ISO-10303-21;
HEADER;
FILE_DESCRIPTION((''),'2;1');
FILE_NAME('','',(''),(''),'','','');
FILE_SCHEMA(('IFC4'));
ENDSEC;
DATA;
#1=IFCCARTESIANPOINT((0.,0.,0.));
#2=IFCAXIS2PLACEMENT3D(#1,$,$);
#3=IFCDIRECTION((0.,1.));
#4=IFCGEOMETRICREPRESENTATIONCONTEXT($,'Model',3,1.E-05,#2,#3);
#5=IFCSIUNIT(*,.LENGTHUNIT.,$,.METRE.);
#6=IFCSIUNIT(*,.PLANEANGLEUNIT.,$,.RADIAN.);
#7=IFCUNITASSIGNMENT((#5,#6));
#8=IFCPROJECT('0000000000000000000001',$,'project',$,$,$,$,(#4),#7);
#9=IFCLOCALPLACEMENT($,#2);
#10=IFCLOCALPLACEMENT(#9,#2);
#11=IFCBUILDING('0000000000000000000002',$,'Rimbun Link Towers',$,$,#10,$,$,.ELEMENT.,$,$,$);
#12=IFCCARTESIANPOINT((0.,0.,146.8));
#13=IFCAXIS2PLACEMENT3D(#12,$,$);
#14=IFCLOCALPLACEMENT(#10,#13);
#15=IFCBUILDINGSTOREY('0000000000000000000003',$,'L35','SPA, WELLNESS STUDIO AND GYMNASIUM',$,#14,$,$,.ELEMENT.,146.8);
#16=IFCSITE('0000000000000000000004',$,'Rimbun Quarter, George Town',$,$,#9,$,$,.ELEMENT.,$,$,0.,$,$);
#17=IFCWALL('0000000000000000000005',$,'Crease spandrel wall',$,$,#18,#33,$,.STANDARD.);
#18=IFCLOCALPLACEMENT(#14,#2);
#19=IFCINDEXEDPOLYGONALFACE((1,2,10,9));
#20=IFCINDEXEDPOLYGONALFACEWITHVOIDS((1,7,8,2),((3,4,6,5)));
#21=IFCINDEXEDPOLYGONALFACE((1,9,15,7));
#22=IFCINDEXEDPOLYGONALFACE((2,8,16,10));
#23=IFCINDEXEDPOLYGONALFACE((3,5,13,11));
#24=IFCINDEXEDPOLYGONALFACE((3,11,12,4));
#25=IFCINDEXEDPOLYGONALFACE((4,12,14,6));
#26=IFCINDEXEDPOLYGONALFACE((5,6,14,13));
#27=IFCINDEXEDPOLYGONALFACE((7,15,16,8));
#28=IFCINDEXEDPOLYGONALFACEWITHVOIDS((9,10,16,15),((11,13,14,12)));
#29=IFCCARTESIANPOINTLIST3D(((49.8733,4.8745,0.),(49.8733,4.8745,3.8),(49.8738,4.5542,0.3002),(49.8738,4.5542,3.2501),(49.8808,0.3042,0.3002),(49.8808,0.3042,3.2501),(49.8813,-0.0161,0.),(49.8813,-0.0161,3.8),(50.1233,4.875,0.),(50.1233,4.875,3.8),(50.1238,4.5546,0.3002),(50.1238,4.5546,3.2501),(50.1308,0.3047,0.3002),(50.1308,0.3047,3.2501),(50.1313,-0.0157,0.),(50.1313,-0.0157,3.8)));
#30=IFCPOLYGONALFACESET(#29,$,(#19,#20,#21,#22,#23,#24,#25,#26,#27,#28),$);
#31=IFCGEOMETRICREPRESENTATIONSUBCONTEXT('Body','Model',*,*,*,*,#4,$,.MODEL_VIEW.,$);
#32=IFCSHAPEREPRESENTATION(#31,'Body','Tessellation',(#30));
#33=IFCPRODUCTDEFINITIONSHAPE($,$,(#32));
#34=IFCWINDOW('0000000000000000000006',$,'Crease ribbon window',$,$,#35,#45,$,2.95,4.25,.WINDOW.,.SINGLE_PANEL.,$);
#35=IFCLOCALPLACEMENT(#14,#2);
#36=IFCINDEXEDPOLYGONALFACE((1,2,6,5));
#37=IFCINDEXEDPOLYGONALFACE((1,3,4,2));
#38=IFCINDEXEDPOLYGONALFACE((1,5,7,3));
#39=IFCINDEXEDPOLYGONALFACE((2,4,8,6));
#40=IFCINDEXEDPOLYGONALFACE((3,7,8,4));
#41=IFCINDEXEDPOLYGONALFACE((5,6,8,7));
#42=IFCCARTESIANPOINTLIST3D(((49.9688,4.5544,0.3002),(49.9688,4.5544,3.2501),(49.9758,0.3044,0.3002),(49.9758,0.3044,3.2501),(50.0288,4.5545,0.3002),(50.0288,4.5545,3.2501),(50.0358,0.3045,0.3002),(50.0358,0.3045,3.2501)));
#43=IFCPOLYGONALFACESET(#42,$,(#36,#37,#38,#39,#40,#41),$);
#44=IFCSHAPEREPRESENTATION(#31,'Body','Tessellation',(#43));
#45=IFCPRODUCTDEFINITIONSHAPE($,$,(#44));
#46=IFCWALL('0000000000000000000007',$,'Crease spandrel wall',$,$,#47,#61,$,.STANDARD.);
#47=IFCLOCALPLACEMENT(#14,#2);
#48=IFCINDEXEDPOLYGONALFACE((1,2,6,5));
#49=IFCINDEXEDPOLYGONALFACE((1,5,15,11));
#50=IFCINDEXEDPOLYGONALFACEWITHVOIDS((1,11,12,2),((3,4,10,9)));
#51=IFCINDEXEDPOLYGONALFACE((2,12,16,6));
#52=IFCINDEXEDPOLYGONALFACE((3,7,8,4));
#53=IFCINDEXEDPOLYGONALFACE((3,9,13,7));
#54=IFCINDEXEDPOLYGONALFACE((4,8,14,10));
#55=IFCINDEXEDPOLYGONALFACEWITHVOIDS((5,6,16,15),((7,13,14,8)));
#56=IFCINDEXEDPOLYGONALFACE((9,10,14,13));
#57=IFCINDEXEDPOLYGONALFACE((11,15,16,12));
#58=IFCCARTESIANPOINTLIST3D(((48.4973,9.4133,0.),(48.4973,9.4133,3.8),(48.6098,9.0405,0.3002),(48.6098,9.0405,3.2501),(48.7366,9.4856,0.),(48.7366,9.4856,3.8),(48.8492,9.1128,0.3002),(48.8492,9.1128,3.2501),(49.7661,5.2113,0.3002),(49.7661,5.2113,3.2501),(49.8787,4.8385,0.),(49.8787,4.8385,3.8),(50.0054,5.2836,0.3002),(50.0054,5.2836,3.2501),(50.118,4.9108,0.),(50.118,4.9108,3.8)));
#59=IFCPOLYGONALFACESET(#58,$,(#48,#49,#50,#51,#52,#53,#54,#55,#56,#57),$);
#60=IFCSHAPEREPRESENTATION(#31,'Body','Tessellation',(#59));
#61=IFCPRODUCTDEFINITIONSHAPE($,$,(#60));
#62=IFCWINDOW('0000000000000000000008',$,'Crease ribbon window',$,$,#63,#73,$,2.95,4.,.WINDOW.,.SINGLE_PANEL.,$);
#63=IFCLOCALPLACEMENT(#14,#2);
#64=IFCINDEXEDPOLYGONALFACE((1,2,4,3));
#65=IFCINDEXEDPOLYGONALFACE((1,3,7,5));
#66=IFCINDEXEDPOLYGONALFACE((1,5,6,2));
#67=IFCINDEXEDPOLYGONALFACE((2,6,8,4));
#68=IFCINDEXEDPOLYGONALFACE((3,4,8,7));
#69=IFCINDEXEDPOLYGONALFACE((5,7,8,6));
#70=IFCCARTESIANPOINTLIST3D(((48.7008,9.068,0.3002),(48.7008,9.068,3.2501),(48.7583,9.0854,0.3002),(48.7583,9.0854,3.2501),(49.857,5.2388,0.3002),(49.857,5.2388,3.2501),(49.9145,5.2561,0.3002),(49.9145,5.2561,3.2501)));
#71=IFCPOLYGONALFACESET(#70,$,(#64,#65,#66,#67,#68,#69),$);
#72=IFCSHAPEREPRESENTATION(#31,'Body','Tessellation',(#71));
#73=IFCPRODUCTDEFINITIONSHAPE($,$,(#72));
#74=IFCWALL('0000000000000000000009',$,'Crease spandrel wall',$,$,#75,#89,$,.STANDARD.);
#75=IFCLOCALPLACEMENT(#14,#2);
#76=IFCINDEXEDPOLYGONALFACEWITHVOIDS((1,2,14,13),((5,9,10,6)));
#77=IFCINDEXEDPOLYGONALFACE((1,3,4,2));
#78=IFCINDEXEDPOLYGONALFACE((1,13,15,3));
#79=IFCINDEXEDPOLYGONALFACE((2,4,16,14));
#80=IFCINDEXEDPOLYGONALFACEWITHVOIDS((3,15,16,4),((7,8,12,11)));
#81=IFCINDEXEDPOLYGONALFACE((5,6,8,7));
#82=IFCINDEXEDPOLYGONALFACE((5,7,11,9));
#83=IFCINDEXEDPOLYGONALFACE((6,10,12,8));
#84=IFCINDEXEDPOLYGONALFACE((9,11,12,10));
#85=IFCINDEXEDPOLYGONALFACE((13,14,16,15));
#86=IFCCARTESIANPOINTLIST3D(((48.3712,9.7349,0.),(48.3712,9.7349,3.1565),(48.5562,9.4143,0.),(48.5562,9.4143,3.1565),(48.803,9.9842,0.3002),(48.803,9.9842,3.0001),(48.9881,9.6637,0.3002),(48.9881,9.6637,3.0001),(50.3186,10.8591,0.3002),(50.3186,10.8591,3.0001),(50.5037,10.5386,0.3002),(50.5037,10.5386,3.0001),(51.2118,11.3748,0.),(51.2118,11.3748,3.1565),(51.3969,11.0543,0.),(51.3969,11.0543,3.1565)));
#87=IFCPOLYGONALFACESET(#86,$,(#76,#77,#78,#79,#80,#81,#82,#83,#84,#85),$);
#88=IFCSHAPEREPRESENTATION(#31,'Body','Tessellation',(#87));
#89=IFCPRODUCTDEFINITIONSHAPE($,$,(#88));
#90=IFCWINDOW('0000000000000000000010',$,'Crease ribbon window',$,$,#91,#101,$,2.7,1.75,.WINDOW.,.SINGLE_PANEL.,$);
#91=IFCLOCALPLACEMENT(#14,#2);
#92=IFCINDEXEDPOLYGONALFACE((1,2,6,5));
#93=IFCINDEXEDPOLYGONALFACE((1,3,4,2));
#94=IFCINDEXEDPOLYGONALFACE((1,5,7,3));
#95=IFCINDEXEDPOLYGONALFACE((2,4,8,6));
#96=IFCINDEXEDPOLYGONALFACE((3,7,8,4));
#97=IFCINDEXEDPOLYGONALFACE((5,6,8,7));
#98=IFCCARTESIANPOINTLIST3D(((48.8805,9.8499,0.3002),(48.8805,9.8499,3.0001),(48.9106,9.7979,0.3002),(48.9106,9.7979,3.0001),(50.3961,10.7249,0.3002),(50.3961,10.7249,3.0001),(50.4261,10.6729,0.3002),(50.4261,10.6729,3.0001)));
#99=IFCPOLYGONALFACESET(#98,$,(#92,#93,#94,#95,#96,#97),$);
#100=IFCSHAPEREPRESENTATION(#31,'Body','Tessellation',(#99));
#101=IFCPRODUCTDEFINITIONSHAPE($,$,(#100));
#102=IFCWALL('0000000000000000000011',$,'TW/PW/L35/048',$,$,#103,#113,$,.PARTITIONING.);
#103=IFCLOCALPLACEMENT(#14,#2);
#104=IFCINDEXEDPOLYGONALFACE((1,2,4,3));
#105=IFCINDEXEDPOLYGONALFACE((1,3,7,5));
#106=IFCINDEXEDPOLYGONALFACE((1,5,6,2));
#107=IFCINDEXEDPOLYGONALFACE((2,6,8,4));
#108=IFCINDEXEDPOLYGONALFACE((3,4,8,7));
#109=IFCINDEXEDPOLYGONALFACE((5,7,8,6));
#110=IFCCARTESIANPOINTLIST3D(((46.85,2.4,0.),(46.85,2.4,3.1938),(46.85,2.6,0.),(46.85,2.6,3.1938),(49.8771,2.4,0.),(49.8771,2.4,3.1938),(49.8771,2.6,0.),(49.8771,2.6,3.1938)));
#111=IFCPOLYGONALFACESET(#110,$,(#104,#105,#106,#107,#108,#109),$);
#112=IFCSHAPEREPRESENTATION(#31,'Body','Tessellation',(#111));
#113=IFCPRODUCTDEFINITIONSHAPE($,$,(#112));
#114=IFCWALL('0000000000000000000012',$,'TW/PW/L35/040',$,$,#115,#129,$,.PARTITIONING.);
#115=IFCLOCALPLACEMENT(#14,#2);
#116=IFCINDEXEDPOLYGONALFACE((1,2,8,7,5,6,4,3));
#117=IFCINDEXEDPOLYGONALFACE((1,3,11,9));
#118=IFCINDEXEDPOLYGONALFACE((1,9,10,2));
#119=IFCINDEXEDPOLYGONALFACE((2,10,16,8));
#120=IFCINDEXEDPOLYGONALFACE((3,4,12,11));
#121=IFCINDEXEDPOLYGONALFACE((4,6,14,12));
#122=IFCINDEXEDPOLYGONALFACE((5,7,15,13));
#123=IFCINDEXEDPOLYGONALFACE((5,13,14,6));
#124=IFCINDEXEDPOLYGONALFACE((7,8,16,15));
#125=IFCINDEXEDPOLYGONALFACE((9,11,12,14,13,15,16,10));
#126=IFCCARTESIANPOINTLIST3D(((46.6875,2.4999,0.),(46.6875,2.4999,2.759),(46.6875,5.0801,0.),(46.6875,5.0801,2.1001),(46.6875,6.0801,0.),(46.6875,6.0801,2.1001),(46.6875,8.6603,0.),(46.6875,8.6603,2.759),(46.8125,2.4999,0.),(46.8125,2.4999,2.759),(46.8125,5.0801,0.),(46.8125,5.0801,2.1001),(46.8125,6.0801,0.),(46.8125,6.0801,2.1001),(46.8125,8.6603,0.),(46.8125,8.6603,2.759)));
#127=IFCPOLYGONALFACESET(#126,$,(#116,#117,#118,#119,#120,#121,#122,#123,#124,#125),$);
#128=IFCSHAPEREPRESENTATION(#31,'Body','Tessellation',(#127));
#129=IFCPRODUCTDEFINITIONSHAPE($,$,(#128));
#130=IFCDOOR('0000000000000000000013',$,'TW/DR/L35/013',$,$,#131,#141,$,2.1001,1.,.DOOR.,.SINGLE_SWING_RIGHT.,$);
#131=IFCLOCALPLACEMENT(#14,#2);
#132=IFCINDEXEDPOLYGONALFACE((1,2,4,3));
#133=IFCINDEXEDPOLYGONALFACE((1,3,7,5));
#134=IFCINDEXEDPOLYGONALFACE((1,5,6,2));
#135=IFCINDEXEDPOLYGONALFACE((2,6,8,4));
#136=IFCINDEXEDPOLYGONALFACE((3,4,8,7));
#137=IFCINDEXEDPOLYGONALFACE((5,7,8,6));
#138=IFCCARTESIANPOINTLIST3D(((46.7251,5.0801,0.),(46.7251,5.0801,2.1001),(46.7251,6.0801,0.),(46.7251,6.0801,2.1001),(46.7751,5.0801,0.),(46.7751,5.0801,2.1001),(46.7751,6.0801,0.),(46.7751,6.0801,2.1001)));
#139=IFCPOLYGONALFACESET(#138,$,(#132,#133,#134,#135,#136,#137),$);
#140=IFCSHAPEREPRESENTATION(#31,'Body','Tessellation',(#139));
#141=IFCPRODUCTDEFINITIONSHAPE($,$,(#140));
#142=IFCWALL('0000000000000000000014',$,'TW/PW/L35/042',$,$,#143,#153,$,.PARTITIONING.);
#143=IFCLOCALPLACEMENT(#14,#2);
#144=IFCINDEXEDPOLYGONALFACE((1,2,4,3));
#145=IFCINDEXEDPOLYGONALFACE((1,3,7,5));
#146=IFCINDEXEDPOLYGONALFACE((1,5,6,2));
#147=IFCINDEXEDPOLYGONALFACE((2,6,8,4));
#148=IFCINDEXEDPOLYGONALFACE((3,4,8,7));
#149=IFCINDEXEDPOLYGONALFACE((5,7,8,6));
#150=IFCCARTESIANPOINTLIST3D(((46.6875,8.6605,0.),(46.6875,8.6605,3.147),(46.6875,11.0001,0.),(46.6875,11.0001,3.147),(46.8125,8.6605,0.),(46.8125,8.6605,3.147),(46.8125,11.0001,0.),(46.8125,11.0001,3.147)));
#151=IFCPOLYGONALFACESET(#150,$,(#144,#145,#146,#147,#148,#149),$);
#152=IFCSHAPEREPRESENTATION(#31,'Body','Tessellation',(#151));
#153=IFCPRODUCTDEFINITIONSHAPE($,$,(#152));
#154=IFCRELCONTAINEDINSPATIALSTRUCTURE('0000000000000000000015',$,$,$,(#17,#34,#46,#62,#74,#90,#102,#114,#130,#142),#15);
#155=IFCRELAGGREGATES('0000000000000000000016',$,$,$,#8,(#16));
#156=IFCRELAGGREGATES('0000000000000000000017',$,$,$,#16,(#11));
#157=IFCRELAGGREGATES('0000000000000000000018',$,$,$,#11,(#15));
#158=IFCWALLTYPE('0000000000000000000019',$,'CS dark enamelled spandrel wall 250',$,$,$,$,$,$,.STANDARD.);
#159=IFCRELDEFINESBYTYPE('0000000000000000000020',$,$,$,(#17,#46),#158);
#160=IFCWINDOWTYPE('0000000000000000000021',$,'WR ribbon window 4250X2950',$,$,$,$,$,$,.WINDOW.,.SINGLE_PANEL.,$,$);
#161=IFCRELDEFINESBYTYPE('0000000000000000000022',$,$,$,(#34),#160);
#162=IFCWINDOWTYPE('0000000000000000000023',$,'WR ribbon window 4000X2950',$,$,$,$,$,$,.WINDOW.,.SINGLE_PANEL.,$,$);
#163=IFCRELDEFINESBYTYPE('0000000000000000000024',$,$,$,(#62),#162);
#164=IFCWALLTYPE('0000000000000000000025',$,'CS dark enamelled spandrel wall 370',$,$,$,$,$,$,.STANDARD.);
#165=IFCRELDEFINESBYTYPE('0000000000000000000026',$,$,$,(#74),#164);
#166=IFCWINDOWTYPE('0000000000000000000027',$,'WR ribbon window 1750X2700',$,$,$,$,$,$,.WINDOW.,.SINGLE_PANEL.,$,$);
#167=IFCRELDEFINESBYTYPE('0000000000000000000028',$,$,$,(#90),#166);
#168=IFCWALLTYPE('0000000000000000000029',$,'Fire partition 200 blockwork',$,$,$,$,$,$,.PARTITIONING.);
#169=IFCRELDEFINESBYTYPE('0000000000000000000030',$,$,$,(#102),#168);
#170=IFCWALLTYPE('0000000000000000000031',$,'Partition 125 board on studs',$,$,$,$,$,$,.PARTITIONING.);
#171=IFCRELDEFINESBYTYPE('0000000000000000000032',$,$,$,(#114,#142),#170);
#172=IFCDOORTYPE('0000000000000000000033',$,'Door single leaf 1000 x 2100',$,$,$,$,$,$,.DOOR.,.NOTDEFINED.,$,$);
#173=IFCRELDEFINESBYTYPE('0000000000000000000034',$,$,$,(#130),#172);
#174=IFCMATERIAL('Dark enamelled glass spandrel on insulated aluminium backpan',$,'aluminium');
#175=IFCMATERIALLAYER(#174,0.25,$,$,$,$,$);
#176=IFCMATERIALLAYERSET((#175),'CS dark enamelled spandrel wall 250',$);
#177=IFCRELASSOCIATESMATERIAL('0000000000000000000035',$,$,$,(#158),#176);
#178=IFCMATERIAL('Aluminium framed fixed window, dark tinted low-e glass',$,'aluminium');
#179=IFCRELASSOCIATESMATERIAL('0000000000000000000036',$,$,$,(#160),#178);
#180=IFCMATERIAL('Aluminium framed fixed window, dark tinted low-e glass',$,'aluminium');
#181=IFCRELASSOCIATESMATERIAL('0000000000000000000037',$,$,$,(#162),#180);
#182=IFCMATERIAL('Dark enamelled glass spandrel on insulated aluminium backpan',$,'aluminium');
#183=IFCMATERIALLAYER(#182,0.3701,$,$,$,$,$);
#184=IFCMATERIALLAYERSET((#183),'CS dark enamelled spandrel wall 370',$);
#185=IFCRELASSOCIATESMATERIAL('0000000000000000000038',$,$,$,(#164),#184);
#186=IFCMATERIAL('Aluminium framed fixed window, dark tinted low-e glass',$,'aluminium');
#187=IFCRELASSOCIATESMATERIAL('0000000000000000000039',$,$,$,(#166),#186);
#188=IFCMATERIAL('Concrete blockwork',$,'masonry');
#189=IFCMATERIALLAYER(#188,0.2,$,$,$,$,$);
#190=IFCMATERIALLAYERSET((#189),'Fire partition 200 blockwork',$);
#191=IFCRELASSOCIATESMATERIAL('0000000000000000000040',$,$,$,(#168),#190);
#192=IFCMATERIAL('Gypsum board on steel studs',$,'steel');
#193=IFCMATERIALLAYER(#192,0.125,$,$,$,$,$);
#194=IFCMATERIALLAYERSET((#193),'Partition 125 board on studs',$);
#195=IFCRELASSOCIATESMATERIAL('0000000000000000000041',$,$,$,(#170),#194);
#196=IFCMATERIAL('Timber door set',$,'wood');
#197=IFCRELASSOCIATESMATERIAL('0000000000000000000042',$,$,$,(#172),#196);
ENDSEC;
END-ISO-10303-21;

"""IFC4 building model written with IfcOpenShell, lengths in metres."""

from ifc_helpers import new_model, si_unit, direction, frame, frame_2d, origin, place, context, subcontext, project, spatial, rectangle, extrude, material, layer, layer_set, type_object, element, fill, save


model = new_model("IFC4")

# Units and contexts
model_context = context("Model", 3, precision=1e-05, world=origin(), true_north=direction((0.0, 1.0)))
body_context = subcontext(model_context, "Body", "Model", "MODEL_VIEW")
ifc_project = project(units=[si_unit("LENGTHUNIT", "METRE"), si_unit("PLANEANGLEUNIT", "RADIAN")], contexts=[model_context])

# Site, building, storey
site_placement = place(None, origin())
site = spatial("IfcSite", under=ifc_project, at=site_placement, Name="Rimbun Quarter, George Town", CompositionType="ELEMENT", RefElevation=0.0)
building_placement = place(site_placement, origin())
building = spatial("IfcBuilding", under=site, at=building_placement, Name="Rimbun Link Towers", CompositionType="ELEMENT")
storey_placement = place(building_placement, frame((0.0, 0.0, 146.8)))
storey = spatial("IfcBuildingStorey", under=building, at=storey_placement, Name="L35", Description="SPA, WELLNESS STUDIO AND GYMNASIUM", CompositionType="ELEMENT", Elevation=146.8)

# Walls, openings, windows
ifc_material_1 = material(Name="Dark enamelled glass spandrel on insulated aluminium backpan", Category="aluminium")
ifc_layer_1 = layer(ifc_material_1, 0.25)
ifc_layer_set_1 = layer_set([ifc_layer_1], Name="CS dark enamelled spandrel wall 250")
wall_type_1 = type_object("IfcWallType", Name="CS dark enamelled spandrel wall 250", PredefinedType="STANDARD", material=ifc_layer_set_1)
wall_1_placement = place(storey_placement, frame((49.9983, 4.8748, 0.0), z_axis=(0.0, 0.0, 1.0), x_axis=(0.001647, -0.999999, 0.0)))
wall_1 = element("IfcWall", 1, at=wall_1_placement, inside=storey, type_object=wall_type_1, Name="Crease spandrel wall", PredefinedType="STANDARD", context=body_context, shape_type="SweptSolid", body=[
    extrude(rectangle(XDim=4.8906, YDim=0.25, at=frame_2d((2.4453, 0.0))), origin(), (0.0, 0.0, 1.0), 3.8),
])
opening_1_placement = place(wall_1_placement, frame((0.3203, 0.0, 0.3)))
opening_1 = element("IfcOpeningElement", 2, at=opening_1_placement, cuts=wall_1, PredefinedType="OPENING", context=body_context, shape_type="SweptSolid", body=[
    extrude(rectangle(XDim=4.25, YDim=2.95, at=frame_2d((2.125, 1.4751))), frame((0.0, 0.135, 0.0), z_axis=(0.0, -1.0, 0.0), x_axis=(1.0, 0.0, 0.0)), (0.0, 0.0, 1.0), 0.27),
])
ifc_material_2 = material(Name="Aluminium framed fixed window, dark tinted low-e glass", Category="aluminium")
window_type_1 = type_object("IfcWindowType", Name="WR ribbon window 4250X2950", PartitioningType="SINGLE_PANEL", PredefinedType="WINDOW", material=ifc_material_2)
window_1_placement = place(opening_1_placement, origin())
window_1 = element("IfcWindow", 3, at=window_1_placement, inside=storey, type_object=window_type_1, Name="Crease ribbon window", OverallHeight=2.95, OverallWidth=4.25, PartitioningType="SINGLE_PANEL", PredefinedType="WINDOW", context=body_context, shape_type="SweptSolid", body=[
    extrude(rectangle(XDim=4.25, YDim=2.95, at=frame_2d((2.125, 1.4751))), frame((0.0, 0.03, 0.0), z_axis=(0.0, -1.0, 0.0), x_axis=(1.0, 0.0, 0.0)), (0.0, 0.0, 1.0), 0.0601),
])
fill(opening_1, window_1)
wall_2_placement = place(storey_placement, frame((48.6169, 9.4495, 0.0), z_axis=(0.0, 0.0, 1.0), x_axis=(0.289063, -0.95731, 0.0)))
wall_2 = element("IfcWall", 4, at=wall_2_placement, inside=storey, type_object=wall_type_1, Name="Crease spandrel wall", PredefinedType="STANDARD", context=body_context, shape_type="SweptSolid", body=[
    extrude(rectangle(XDim=4.7788, YDim=0.25, at=frame_2d((2.3894, 0.0))), origin(), (0.0, 0.0, 1.0), 3.8),
])
opening_2_placement = place(wall_2_placement, frame((0.3894, 0.0, 0.3)))
opening_2 = element("IfcOpeningElement", 5, at=opening_2_placement, cuts=wall_2, PredefinedType="OPENING", context=body_context, shape_type="SweptSolid", body=[
    extrude(rectangle(XDim=4.0, YDim=2.95, at=frame_2d((2.0, 1.4751))), frame((0.0, 0.135, 0.0), z_axis=(0.0, -1.0, 0.0), x_axis=(1.0, 0.0, 0.0)), (0.0, 0.0, 1.0), 0.27),
])
ifc_material_3 = material(Name="Aluminium framed fixed window, dark tinted low-e glass", Category="aluminium")
window_type_2 = type_object("IfcWindowType", Name="WR ribbon window 4000X2950", PartitioningType="SINGLE_PANEL", PredefinedType="WINDOW", material=ifc_material_3)
window_2_placement = place(opening_2_placement, origin())
window_2 = element("IfcWindow", 6, at=window_2_placement, inside=storey, type_object=window_type_2, Name="Crease ribbon window", OverallHeight=2.95, OverallWidth=4.0, PartitioningType="SINGLE_PANEL", PredefinedType="WINDOW", context=body_context, shape_type="SweptSolid", body=[
    extrude(rectangle(XDim=4.0, YDim=2.95, at=frame_2d((2.0, 1.4751))), frame((0.0, 0.03, 0.0), z_axis=(0.0, -1.0, 0.0), x_axis=(1.0, 0.0, 0.0)), (0.0, 0.0, 1.0), 0.0601),
])
fill(opening_2, window_2)
ifc_material_4 = material(Name="Dark enamelled glass spandrel on insulated aluminium backpan", Category="aluminium")
ifc_layer_2 = layer(ifc_material_4, 0.3701)
ifc_layer_set_2 = layer_set([ifc_layer_2], Name="CS dark enamelled spandrel wall 370")
wall_type_2 = type_object("IfcWallType", Name="CS dark enamelled spandrel wall 370", PredefinedType="STANDARD", material=ifc_layer_set_2)
wall_3_placement = place(storey_placement, frame((51.3044, 11.2146, 0.0), z_axis=(0.0, 0.0, 1.0), x_axis=(-0.866041, -0.499974, 0.0)))
wall_3 = element("IfcWall", 7, at=wall_3_placement, inside=storey, type_object=wall_type_2, Name="Crease spandrel wall", PredefinedType="STANDARD", context=body_context, shape_type="SweptSolid", body=[
    extrude(rectangle(XDim=3.28, YDim=0.3701, at=frame_2d((1.6401, 0.0))), origin(), (0.0, 0.0, 1.0), 3.1565),
])
opening_3_placement = place(wall_3_placement, frame((1.0315, 0.0, 0.3)))
opening_3 = element("IfcOpeningElement", 8, at=opening_3_placement, cuts=wall_3, PredefinedType="OPENING", context=body_context, shape_type="SweptSolid", body=[
    extrude(rectangle(XDim=1.75, YDim=2.7, at=frame_2d((0.875, 1.3501))), frame((0.0, 0.1951, 0.0), z_axis=(0.0, -1.0, 0.0), x_axis=(1.0, 0.0, 0.0)), (0.0, 0.0, 1.0), 0.3901),
])
ifc_material_5 = material(Name="Aluminium framed fixed window, dark tinted low-e glass", Category="aluminium")
window_type_3 = type_object("IfcWindowType", Name="WR ribbon window 1750X2700", PartitioningType="SINGLE_PANEL", PredefinedType="WINDOW", material=ifc_material_5)
window_3_placement = place(opening_3_placement, origin())
window_3 = element("IfcWindow", 9, at=window_3_placement, inside=storey, type_object=window_type_3, Name="Crease ribbon window", OverallHeight=2.7, OverallWidth=1.75, PartitioningType="SINGLE_PANEL", PredefinedType="WINDOW", context=body_context, shape_type="SweptSolid", body=[
    extrude(rectangle(XDim=1.75, YDim=2.7, at=frame_2d((0.875, 1.3501))), frame((0.0, 0.03, 0.0), z_axis=(0.0, -1.0, 0.0), x_axis=(1.0, 0.0, 0.0)), (0.0, 0.0, 1.0), 0.0601),
])
fill(opening_3, window_3)

# Wall
ifc_material_6 = material(Name="Concrete blockwork", Category="masonry")
ifc_layer_3 = layer(ifc_material_6, 0.2)
ifc_layer_set_3 = layer_set([ifc_layer_3], Name="Fire partition 200 blockwork")
wall_type_3 = type_object("IfcWallType", Name="Fire partition 200 blockwork", PredefinedType="PARTITIONING", material=ifc_layer_set_3)
wall_4_placement = place(storey_placement, frame((49.8772, 2.5, 0.0), z_axis=(0.0, 0.0, 1.0), x_axis=(-1.0, 0.0, 0.0)))
element("IfcWall", 10, at=wall_4_placement, inside=storey, type_object=wall_type_3, Name="TW/PW/L35/048", PredefinedType="PARTITIONING", context=body_context, shape_type="SweptSolid", body=[
    extrude(rectangle(XDim=3.0271, YDim=0.2, at=frame_2d((1.5137, 0.0))), origin(), (0.0, 0.0, 1.0), 3.1938),
])

# Wall, opening, door
ifc_material_7 = material(Name="Gypsum board on steel studs", Category="steel")
ifc_layer_4 = layer(ifc_material_7, 0.125)
ifc_layer_set_4 = layer_set([ifc_layer_4], Name="Partition 125 board on studs")
wall_type_4 = type_object("IfcWallType", Name="Partition 125 board on studs", PredefinedType="PARTITIONING", material=ifc_layer_set_4)
wall_5_placement = place(storey_placement, frame((46.75, 2.5, 0.0), z_axis=(0.0, 0.0, 1.0), x_axis=(0.0, 1.0, 0.0)))
wall_5 = element("IfcWall", 11, at=wall_5_placement, inside=storey, type_object=wall_type_4, Name="TW/PW/L35/040", PredefinedType="PARTITIONING", context=body_context, shape_type="SweptSolid", body=[
    extrude(rectangle(XDim=6.1604, YDim=0.125, at=frame_2d((3.0801, 0.0))), origin(), (0.0, 0.0, 1.0), 2.759),
])
opening_4_placement = place(wall_5_placement, frame((2.5801, 0.0, 0.0)))
opening_4 = element("IfcOpeningElement", 12, at=opening_4_placement, cuts=wall_5, PredefinedType="OPENING", context=body_context, shape_type="SweptSolid", body=[
    extrude(rectangle(XDim=1.0, YDim=2.1001, at=frame_2d((0.5, 1.05))), frame((0.0, 0.0725, 0.0), z_axis=(0.0, -1.0, 0.0), x_axis=(1.0, 0.0, 0.0)), (0.0, 0.0, 1.0), 0.145),
])
ifc_material_8 = material(Name="Timber door set", Category="wood")
door_type_1 = type_object("IfcDoorType", Name="Door single leaf 1000 x 2100", OperationType="NOTDEFINED", PredefinedType="DOOR", material=ifc_material_8)
door_1_placement = place(opening_4_placement, origin())
door_1 = element("IfcDoor", 13, at=door_1_placement, inside=storey, type_object=door_type_1, Name="TW/DR/L35/013", OperationType="SINGLE_SWING_RIGHT", OverallHeight=2.1001, OverallWidth=1.0, PredefinedType="DOOR", context=body_context, shape_type="SweptSolid", body=[
    extrude(rectangle(XDim=1.0, YDim=2.1001, at=frame_2d((0.5, 1.05))), frame((0.0, 0.0249, 0.0), z_axis=(0.0, -1.0, 0.0), x_axis=(1.0, 0.0, 0.0)), (0.0, 0.0, 1.0), 0.05),
])
fill(opening_4, door_1)

# Wall
wall_6_placement = place(storey_placement, frame((46.75, 8.6604, 0.0), z_axis=(0.0, 0.0, 1.0), x_axis=(0.0, 1.0, 0.0)))
element("IfcWall", 14, at=wall_6_placement, inside=storey, type_object=wall_type_4, Name="TW/PW/L35/042", PredefinedType="PARTITIONING", context=body_context, shape_type="SweptSolid", body=[
    extrude(rectangle(XDim=2.3396, YDim=0.125, at=frame_2d((1.1699, 0.0))), origin(), (0.0, 0.0, 1.0), 3.147),
])

save(model, "model.ifc")
